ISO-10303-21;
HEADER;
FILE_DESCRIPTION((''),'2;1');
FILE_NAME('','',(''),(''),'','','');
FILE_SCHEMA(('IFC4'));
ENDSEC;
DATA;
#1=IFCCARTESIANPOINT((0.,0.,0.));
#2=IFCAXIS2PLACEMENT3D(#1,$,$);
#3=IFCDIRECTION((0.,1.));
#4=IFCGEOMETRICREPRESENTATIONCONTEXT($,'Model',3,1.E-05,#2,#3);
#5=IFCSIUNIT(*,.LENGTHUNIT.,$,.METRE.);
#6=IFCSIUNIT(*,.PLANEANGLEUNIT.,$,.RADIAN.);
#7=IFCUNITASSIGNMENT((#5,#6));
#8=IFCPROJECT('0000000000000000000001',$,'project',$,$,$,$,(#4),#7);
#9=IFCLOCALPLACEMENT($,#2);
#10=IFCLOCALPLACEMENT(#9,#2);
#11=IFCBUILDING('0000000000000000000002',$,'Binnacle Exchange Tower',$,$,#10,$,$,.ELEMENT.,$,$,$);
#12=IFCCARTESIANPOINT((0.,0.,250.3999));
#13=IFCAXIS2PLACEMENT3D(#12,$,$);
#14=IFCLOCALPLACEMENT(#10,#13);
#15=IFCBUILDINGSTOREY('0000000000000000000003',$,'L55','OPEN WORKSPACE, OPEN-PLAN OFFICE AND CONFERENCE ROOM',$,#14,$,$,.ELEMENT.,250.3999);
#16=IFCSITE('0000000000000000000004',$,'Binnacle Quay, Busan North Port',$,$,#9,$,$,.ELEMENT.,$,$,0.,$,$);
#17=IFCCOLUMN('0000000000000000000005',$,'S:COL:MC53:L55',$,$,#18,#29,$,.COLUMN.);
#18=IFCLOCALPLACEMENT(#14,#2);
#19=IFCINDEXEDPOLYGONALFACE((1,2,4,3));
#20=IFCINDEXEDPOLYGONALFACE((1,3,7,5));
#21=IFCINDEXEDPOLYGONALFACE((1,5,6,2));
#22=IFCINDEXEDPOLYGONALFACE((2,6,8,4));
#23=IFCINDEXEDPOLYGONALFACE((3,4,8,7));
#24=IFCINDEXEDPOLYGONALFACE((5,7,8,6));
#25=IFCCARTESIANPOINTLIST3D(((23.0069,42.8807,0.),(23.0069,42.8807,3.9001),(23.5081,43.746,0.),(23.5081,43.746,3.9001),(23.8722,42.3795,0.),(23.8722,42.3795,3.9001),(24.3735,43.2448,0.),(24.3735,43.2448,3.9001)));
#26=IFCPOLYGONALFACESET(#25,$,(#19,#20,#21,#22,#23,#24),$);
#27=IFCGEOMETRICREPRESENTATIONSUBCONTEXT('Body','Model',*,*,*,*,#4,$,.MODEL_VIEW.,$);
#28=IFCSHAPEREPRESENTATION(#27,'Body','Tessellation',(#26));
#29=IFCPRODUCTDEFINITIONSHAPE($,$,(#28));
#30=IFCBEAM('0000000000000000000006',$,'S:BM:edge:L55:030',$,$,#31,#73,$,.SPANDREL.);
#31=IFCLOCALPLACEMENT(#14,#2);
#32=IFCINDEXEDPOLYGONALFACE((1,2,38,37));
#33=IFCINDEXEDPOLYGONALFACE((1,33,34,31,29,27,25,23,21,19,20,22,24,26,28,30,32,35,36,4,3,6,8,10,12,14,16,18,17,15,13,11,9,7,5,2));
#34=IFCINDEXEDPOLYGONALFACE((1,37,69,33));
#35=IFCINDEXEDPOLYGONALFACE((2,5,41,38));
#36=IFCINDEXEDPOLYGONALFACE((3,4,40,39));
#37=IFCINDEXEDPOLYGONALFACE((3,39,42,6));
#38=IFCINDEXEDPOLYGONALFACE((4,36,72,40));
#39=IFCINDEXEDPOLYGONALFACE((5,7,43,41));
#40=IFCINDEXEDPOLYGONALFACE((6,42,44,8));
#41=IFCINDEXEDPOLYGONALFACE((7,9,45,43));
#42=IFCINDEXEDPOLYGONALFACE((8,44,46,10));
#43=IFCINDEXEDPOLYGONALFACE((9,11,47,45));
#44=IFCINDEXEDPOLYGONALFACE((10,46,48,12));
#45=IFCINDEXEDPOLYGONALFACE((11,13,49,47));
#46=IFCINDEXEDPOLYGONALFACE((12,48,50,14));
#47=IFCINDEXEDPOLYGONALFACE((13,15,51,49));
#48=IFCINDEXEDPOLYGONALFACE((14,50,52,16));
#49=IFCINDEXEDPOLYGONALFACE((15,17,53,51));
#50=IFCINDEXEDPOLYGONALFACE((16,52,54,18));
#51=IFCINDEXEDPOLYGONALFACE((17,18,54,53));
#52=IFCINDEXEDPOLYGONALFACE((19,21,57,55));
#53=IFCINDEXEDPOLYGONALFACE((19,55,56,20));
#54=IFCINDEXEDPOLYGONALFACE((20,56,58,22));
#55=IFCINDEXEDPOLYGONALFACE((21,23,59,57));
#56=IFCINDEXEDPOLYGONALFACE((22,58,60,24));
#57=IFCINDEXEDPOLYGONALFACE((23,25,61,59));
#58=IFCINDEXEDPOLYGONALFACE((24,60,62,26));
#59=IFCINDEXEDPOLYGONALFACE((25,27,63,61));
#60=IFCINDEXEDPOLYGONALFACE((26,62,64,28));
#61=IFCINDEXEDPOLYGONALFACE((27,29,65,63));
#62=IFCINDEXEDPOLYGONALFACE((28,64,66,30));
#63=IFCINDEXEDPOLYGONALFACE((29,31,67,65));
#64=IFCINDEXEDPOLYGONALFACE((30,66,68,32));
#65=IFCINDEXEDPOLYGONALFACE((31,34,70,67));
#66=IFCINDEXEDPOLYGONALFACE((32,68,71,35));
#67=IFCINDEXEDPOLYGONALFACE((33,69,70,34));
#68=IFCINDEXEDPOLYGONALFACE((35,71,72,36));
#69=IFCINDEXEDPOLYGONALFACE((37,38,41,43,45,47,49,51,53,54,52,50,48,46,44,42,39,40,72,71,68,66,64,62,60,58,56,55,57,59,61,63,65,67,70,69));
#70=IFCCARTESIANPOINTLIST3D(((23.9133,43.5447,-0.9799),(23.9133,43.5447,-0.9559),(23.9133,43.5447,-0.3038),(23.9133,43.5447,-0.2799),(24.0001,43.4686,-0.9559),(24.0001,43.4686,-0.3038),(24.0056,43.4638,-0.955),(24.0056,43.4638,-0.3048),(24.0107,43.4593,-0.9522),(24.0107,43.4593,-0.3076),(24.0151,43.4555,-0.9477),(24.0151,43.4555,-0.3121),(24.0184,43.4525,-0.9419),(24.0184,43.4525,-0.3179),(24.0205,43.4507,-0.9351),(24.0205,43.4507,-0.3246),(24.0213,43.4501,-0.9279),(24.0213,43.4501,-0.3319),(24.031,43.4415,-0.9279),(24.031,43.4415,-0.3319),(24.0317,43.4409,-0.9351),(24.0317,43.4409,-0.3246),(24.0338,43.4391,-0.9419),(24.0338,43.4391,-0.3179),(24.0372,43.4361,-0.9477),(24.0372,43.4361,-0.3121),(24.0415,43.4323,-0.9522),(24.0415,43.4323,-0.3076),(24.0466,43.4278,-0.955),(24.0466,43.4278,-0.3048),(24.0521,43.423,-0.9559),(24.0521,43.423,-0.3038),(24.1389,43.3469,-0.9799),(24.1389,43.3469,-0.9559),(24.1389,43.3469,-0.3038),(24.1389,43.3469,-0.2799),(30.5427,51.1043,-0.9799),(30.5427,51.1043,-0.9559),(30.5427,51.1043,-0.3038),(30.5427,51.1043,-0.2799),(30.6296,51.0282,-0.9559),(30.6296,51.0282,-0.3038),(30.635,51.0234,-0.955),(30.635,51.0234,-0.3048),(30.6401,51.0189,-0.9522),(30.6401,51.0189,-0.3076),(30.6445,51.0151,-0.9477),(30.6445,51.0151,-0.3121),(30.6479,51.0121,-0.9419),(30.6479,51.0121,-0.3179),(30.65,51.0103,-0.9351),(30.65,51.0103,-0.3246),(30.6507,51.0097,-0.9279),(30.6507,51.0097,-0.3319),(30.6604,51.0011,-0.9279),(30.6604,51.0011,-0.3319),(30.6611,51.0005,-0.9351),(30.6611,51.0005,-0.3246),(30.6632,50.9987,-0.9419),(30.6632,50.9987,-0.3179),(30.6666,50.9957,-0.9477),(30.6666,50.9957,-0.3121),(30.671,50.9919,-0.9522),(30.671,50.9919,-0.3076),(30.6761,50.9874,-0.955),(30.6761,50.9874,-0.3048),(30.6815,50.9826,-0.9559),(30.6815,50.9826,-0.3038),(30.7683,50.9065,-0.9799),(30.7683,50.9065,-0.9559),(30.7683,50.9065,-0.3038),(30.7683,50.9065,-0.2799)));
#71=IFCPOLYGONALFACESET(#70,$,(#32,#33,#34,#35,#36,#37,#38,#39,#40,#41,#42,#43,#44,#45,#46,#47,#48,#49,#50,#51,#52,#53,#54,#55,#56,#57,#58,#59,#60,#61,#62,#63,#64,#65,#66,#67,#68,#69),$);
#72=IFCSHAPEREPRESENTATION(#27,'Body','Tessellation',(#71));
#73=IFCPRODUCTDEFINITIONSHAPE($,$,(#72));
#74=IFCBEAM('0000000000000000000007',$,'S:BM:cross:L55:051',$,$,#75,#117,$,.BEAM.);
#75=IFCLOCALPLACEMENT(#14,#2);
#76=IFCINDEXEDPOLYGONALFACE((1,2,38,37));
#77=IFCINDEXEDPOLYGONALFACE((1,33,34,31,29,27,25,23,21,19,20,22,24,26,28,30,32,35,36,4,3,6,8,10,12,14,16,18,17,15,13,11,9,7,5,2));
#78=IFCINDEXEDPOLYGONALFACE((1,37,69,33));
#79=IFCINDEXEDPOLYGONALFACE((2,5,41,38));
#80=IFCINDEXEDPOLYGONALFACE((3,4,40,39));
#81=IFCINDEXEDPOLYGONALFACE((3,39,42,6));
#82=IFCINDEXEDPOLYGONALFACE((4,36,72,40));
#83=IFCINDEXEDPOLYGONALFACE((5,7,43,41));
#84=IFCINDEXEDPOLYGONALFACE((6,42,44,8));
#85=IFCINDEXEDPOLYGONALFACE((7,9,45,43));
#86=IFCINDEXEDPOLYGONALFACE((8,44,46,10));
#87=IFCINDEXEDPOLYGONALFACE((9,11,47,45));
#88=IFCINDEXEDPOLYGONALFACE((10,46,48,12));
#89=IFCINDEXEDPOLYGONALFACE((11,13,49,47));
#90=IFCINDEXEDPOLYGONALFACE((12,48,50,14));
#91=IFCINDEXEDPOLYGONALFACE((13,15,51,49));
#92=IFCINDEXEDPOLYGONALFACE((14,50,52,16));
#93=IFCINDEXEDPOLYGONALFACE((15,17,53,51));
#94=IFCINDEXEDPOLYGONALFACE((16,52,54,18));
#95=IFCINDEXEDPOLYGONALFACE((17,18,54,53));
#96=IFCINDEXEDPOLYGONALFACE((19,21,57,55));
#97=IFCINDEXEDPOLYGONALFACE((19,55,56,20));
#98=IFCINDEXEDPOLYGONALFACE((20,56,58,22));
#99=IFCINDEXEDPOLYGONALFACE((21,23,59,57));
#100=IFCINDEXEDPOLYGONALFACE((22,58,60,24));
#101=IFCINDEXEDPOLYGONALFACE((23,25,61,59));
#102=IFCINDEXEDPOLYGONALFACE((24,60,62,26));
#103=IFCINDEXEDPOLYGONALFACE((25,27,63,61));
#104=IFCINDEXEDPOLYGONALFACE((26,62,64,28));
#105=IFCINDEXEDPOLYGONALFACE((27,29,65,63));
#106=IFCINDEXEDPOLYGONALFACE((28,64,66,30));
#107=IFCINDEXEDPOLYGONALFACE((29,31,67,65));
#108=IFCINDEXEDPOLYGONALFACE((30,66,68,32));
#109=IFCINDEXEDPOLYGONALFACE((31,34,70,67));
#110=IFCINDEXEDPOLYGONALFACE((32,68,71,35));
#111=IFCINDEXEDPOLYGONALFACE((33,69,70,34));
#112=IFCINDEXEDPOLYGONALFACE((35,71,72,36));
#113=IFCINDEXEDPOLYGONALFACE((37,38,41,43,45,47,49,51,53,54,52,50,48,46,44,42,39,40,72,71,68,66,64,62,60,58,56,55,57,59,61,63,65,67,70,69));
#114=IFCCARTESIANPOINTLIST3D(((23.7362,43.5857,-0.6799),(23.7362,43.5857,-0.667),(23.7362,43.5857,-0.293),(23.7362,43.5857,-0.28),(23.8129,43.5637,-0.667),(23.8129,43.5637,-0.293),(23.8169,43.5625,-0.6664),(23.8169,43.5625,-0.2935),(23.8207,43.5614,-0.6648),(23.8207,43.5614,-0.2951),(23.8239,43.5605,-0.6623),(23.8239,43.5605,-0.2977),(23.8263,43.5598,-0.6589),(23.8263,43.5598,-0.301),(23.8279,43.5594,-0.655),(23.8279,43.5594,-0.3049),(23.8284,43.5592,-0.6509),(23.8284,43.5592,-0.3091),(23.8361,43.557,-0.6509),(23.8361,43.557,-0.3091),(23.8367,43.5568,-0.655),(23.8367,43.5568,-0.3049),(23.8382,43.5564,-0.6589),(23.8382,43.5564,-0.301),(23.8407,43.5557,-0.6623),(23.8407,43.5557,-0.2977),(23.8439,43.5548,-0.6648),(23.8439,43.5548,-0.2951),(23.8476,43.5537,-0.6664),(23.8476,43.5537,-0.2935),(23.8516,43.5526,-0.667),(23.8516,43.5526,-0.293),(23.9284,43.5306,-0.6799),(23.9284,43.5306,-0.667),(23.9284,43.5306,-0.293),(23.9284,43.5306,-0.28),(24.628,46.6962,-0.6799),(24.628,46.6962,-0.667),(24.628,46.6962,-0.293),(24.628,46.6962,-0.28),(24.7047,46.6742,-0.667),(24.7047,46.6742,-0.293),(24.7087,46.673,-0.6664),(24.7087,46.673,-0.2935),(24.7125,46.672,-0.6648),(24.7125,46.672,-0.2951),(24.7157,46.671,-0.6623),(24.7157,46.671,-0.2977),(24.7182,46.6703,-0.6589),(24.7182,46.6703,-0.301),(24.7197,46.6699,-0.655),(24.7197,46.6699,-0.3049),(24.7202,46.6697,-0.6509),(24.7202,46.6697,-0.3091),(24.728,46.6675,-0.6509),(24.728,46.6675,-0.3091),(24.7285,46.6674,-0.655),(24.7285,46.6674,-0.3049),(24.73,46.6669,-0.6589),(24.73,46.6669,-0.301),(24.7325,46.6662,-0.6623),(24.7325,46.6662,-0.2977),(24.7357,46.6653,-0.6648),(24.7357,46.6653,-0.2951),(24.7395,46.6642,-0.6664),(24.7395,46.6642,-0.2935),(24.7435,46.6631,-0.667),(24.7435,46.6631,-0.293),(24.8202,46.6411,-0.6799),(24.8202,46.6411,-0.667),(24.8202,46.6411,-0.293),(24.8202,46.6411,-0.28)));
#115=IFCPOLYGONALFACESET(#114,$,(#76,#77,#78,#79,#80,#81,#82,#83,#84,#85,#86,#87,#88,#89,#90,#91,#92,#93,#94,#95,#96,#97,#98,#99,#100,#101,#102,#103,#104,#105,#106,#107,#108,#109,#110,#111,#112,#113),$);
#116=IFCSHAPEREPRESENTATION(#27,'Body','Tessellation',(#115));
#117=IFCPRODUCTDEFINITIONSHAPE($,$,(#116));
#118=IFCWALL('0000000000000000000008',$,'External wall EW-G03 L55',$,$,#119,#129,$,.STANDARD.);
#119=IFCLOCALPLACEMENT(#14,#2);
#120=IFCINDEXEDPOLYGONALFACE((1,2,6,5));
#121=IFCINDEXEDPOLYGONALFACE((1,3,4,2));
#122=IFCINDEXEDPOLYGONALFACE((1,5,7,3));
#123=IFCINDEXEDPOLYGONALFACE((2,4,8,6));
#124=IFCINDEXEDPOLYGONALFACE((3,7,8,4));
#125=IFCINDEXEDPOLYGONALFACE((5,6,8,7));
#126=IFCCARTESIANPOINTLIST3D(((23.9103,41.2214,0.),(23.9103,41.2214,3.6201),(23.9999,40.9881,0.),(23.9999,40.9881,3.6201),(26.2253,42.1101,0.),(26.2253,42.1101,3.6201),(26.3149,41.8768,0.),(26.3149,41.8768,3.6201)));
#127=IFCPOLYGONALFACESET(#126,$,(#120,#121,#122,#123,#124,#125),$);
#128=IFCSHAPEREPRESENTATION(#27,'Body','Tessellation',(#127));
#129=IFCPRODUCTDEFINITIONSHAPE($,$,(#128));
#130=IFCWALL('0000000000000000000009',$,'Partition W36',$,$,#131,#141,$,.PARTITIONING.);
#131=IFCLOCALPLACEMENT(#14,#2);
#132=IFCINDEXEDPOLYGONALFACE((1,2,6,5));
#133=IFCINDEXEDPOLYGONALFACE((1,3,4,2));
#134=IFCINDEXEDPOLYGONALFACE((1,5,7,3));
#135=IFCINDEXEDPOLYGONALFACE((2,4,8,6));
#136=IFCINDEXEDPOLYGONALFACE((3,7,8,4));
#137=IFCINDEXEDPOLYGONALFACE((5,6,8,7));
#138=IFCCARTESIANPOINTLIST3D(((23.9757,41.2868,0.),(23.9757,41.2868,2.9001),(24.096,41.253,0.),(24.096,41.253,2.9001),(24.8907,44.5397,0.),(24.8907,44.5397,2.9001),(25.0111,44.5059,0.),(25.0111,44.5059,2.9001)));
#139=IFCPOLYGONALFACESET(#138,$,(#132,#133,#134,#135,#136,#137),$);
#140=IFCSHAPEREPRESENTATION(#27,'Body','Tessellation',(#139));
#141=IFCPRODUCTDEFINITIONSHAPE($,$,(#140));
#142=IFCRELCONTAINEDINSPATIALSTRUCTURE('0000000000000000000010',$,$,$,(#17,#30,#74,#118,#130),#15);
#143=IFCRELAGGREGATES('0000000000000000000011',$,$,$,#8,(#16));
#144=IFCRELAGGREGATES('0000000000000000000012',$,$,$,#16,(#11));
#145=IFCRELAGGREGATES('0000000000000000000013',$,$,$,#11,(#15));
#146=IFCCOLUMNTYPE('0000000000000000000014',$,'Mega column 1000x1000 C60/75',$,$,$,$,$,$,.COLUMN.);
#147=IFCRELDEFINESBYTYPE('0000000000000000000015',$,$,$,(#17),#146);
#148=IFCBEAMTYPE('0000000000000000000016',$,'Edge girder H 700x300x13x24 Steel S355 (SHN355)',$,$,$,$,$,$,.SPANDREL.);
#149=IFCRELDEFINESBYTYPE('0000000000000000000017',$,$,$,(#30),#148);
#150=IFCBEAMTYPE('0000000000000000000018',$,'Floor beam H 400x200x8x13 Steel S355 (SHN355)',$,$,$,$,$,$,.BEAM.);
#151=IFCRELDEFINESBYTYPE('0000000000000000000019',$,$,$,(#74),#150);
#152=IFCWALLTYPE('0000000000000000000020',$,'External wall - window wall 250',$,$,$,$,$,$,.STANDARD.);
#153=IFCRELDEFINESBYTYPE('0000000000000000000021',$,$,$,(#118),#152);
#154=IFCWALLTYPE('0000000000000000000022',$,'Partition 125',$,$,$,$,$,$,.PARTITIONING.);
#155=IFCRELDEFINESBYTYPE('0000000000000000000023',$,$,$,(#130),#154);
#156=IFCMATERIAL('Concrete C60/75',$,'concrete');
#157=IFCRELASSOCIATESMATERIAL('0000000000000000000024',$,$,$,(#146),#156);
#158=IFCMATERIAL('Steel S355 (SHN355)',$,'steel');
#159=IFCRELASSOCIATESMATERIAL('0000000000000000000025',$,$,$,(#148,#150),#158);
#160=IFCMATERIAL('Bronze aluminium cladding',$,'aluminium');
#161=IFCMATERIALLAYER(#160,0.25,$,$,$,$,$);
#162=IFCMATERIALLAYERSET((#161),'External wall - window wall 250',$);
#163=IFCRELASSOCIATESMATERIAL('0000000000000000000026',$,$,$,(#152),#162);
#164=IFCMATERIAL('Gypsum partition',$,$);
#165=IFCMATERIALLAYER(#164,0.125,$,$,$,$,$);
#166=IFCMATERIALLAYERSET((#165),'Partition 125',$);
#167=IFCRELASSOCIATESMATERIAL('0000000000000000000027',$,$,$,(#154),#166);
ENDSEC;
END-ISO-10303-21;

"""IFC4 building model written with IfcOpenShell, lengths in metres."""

from ifc_helpers import new_model, si_unit, direction, frame, frame_2d, origin, origin_2d, place, context, subcontext, project, spatial, rectangle, i_section, extrude, material, layer, layer_set, material_profile, profile_set, type_object, element, save


model = new_model("IFC4")

# Units and contexts
model_context = context("Model", 3, precision=1e-05, world=origin(), true_north=direction((0.0, 1.0)))
body_context = subcontext(model_context, "Body", "Model", "MODEL_VIEW")
ifc_project = project(units=[si_unit("LENGTHUNIT", "METRE"), si_unit("PLANEANGLEUNIT", "RADIAN")], contexts=[model_context])

# Site, building, storey
site_placement = place(None, origin())
site = spatial("IfcSite", under=ifc_project, at=site_placement, Name="Binnacle Quay, Busan North Port", CompositionType="ELEMENT", RefElevation=0.0)
building_placement = place(site_placement, origin())
building = spatial("IfcBuilding", under=site, at=building_placement, Name="Binnacle Exchange Tower", CompositionType="ELEMENT")
storey_placement = place(building_placement, frame((0.0, 0.0, 250.3999)))
storey = spatial("IfcBuildingStorey", under=building, at=storey_placement, Name="L55", Description="OPEN WORKSPACE, OPEN-PLAN OFFICE AND CONFERENCE ROOM", CompositionType="ELEMENT", Elevation=250.3999)

# Column
ifc_material_1 = material(Name="Concrete C60/75", Category="concrete")
ifc_material_profile_1 = material_profile(ifc_material_1, rectangle(XDim=1.0, YDim=1.0, at=origin_2d()), Name="Mega column 1000x1000 C60/75")
ifc_profile_set_1 = profile_set([ifc_material_profile_1], Name="Concrete C60/75")
column_type = type_object("IfcColumnType", Name="Mega column 1000x1000 C60/75", PredefinedType="COLUMN", material=ifc_profile_set_1)
column_placement = place(storey_placement, frame((23.6902, 43.0627, 0.0), z_axis=(0.0, 0.0, 1.0), x_axis=(-0.865326, 0.501209, 0.0)))
element("IfcColumn", 1, at=column_placement, inside=storey, type_object=column_type, Name="S:COL:MC53:L55", PredefinedType="COLUMN", context=body_context, shape_type="SweptSolid", body=[
    extrude(rectangle(XDim=1.0, YDim=1.0, at=origin_2d()), origin(), (0.0, 0.0, 1.0), 3.9001),
])

# Beams
ifc_material_2 = material(Name="Steel S355 (SHN355)", Category="steel")
ifc_material_profile_2 = material_profile(ifc_material_2, i_section(OverallWidth=0.3, OverallDepth=0.7, WebThickness=0.0129, FlangeThickness=0.0239, FilletRadius=0.0281, at=origin_2d()), Name="H 700x300x13x24")
ifc_profile_set_2 = profile_set([ifc_material_profile_2], Name="Steel S355 (SHN355)")
beam_type_1 = type_object("IfcBeamType", Name="Edge girder H 700x300x13x24 Steel S355 (SHN355)", PredefinedType="SPANDREL", material=ifc_profile_set_2)
beam_1_placement = place(storey_placement, frame((24.0261, 43.4458, -0.6299), z_axis=(0.659336, 0.751848, 0.0), x_axis=(-0.751848, 0.659336, 0.0)))
element("IfcBeam", 2, at=beam_1_placement, inside=storey, type_object=beam_type_1, Name="S:BM:edge:L55:030", PredefinedType="SPANDREL", context=body_context, shape_type="SweptSolid", body=[
    extrude(i_section(OverallWidth=0.3, OverallDepth=0.7, WebThickness=0.0129, FlangeThickness=0.0239, FilletRadius=0.0281, at=origin_2d()), origin(), (0.0, 0.0, 1.0), 10.0547),
])
ifc_material_profile_3 = material_profile(ifc_material_2, i_section(OverallWidth=0.2, OverallDepth=0.3999, WebThickness=0.0081, FlangeThickness=0.0129, FilletRadius=0.0161, at=origin_2d()), Name="H 400x200x8x13")
ifc_profile_set_3 = profile_set([ifc_material_profile_3], Name="Steel S355 (SHN355)")
beam_type_2 = type_object("IfcBeamType", Name="Floor beam H 400x200x8x13 Steel S355 (SHN355)", PredefinedType="BEAM", material=ifc_profile_set_3)
beam_2_placement = place(storey_placement, frame((23.8323, 43.5581, -0.48), z_axis=(0.275608, 0.96127, 0.0), x_axis=(-0.96127, 0.275608, 0.0)))
element("IfcBeam", 3, at=beam_2_placement, inside=storey, type_object=beam_type_2, Name="S:BM:cross:L55:051", PredefinedType="BEAM", context=body_context, shape_type="SweptSolid", body=[
    extrude(i_section(OverallWidth=0.2, OverallDepth=0.3999, WebThickness=0.0081, FlangeThickness=0.0129, FilletRadius=0.0161, at=origin_2d()), origin(), (0.0, 0.0, 1.0), 3.2358),
])

# Walls
ifc_material_3 = material(Name="Bronze aluminium cladding", Category="aluminium")
ifc_layer_1 = layer(ifc_material_3, 0.25)
ifc_layer_set_1 = layer_set([ifc_layer_1], Name="External wall - window wall 250")
wall_type_1 = type_object("IfcWallType", Name="External wall - window wall 250", PredefinedType="STANDARD", material=ifc_layer_set_1)
wall_1_placement = place(storey_placement, frame((26.27, 41.9934, 0.0), z_axis=(0.0, 0.0, 1.0), x_axis=(-0.933574, -0.358385, 0.0)))
element("IfcWall", 4, at=wall_1_placement, inside=storey, type_object=wall_type_1, Name="External wall EW-G03 L55", PredefinedType="STANDARD", context=body_context, shape_type="SweptSolid", body=[
    extrude(rectangle(XDim=2.4797, YDim=0.25, at=frame_2d((1.2397, 0.0))), origin(), (0.0, 0.0, 1.0), 3.6201),
])
ifc_material_4 = material(Name="Gypsum partition")
ifc_layer_2 = layer(ifc_material_4, 0.125)
ifc_layer_set_2 = layer_set([ifc_layer_2], Name="Partition 125")
wall_type_2 = type_object("IfcWallType", Name="Partition 125", PredefinedType="PARTITIONING", material=ifc_layer_set_2)
wall_2_placement = place(storey_placement, frame((24.0359, 41.27, 0.0), z_axis=(0.0, 0.0, 1.0), x_axis=(0.270787, 0.962639, 0.0)))
element("IfcWall", 5, at=wall_2_placement, inside=storey, type_object=wall_type_2, Name="Partition W36", PredefinedType="PARTITIONING", context=body_context, shape_type="SweptSolid", body=[
    extrude(rectangle(XDim=3.3792, YDim=0.125, at=frame_2d((1.6895, 0.0))), origin(), (0.0, 0.0, 1.0), 2.9001),
])

save(model, "model.ifc")
